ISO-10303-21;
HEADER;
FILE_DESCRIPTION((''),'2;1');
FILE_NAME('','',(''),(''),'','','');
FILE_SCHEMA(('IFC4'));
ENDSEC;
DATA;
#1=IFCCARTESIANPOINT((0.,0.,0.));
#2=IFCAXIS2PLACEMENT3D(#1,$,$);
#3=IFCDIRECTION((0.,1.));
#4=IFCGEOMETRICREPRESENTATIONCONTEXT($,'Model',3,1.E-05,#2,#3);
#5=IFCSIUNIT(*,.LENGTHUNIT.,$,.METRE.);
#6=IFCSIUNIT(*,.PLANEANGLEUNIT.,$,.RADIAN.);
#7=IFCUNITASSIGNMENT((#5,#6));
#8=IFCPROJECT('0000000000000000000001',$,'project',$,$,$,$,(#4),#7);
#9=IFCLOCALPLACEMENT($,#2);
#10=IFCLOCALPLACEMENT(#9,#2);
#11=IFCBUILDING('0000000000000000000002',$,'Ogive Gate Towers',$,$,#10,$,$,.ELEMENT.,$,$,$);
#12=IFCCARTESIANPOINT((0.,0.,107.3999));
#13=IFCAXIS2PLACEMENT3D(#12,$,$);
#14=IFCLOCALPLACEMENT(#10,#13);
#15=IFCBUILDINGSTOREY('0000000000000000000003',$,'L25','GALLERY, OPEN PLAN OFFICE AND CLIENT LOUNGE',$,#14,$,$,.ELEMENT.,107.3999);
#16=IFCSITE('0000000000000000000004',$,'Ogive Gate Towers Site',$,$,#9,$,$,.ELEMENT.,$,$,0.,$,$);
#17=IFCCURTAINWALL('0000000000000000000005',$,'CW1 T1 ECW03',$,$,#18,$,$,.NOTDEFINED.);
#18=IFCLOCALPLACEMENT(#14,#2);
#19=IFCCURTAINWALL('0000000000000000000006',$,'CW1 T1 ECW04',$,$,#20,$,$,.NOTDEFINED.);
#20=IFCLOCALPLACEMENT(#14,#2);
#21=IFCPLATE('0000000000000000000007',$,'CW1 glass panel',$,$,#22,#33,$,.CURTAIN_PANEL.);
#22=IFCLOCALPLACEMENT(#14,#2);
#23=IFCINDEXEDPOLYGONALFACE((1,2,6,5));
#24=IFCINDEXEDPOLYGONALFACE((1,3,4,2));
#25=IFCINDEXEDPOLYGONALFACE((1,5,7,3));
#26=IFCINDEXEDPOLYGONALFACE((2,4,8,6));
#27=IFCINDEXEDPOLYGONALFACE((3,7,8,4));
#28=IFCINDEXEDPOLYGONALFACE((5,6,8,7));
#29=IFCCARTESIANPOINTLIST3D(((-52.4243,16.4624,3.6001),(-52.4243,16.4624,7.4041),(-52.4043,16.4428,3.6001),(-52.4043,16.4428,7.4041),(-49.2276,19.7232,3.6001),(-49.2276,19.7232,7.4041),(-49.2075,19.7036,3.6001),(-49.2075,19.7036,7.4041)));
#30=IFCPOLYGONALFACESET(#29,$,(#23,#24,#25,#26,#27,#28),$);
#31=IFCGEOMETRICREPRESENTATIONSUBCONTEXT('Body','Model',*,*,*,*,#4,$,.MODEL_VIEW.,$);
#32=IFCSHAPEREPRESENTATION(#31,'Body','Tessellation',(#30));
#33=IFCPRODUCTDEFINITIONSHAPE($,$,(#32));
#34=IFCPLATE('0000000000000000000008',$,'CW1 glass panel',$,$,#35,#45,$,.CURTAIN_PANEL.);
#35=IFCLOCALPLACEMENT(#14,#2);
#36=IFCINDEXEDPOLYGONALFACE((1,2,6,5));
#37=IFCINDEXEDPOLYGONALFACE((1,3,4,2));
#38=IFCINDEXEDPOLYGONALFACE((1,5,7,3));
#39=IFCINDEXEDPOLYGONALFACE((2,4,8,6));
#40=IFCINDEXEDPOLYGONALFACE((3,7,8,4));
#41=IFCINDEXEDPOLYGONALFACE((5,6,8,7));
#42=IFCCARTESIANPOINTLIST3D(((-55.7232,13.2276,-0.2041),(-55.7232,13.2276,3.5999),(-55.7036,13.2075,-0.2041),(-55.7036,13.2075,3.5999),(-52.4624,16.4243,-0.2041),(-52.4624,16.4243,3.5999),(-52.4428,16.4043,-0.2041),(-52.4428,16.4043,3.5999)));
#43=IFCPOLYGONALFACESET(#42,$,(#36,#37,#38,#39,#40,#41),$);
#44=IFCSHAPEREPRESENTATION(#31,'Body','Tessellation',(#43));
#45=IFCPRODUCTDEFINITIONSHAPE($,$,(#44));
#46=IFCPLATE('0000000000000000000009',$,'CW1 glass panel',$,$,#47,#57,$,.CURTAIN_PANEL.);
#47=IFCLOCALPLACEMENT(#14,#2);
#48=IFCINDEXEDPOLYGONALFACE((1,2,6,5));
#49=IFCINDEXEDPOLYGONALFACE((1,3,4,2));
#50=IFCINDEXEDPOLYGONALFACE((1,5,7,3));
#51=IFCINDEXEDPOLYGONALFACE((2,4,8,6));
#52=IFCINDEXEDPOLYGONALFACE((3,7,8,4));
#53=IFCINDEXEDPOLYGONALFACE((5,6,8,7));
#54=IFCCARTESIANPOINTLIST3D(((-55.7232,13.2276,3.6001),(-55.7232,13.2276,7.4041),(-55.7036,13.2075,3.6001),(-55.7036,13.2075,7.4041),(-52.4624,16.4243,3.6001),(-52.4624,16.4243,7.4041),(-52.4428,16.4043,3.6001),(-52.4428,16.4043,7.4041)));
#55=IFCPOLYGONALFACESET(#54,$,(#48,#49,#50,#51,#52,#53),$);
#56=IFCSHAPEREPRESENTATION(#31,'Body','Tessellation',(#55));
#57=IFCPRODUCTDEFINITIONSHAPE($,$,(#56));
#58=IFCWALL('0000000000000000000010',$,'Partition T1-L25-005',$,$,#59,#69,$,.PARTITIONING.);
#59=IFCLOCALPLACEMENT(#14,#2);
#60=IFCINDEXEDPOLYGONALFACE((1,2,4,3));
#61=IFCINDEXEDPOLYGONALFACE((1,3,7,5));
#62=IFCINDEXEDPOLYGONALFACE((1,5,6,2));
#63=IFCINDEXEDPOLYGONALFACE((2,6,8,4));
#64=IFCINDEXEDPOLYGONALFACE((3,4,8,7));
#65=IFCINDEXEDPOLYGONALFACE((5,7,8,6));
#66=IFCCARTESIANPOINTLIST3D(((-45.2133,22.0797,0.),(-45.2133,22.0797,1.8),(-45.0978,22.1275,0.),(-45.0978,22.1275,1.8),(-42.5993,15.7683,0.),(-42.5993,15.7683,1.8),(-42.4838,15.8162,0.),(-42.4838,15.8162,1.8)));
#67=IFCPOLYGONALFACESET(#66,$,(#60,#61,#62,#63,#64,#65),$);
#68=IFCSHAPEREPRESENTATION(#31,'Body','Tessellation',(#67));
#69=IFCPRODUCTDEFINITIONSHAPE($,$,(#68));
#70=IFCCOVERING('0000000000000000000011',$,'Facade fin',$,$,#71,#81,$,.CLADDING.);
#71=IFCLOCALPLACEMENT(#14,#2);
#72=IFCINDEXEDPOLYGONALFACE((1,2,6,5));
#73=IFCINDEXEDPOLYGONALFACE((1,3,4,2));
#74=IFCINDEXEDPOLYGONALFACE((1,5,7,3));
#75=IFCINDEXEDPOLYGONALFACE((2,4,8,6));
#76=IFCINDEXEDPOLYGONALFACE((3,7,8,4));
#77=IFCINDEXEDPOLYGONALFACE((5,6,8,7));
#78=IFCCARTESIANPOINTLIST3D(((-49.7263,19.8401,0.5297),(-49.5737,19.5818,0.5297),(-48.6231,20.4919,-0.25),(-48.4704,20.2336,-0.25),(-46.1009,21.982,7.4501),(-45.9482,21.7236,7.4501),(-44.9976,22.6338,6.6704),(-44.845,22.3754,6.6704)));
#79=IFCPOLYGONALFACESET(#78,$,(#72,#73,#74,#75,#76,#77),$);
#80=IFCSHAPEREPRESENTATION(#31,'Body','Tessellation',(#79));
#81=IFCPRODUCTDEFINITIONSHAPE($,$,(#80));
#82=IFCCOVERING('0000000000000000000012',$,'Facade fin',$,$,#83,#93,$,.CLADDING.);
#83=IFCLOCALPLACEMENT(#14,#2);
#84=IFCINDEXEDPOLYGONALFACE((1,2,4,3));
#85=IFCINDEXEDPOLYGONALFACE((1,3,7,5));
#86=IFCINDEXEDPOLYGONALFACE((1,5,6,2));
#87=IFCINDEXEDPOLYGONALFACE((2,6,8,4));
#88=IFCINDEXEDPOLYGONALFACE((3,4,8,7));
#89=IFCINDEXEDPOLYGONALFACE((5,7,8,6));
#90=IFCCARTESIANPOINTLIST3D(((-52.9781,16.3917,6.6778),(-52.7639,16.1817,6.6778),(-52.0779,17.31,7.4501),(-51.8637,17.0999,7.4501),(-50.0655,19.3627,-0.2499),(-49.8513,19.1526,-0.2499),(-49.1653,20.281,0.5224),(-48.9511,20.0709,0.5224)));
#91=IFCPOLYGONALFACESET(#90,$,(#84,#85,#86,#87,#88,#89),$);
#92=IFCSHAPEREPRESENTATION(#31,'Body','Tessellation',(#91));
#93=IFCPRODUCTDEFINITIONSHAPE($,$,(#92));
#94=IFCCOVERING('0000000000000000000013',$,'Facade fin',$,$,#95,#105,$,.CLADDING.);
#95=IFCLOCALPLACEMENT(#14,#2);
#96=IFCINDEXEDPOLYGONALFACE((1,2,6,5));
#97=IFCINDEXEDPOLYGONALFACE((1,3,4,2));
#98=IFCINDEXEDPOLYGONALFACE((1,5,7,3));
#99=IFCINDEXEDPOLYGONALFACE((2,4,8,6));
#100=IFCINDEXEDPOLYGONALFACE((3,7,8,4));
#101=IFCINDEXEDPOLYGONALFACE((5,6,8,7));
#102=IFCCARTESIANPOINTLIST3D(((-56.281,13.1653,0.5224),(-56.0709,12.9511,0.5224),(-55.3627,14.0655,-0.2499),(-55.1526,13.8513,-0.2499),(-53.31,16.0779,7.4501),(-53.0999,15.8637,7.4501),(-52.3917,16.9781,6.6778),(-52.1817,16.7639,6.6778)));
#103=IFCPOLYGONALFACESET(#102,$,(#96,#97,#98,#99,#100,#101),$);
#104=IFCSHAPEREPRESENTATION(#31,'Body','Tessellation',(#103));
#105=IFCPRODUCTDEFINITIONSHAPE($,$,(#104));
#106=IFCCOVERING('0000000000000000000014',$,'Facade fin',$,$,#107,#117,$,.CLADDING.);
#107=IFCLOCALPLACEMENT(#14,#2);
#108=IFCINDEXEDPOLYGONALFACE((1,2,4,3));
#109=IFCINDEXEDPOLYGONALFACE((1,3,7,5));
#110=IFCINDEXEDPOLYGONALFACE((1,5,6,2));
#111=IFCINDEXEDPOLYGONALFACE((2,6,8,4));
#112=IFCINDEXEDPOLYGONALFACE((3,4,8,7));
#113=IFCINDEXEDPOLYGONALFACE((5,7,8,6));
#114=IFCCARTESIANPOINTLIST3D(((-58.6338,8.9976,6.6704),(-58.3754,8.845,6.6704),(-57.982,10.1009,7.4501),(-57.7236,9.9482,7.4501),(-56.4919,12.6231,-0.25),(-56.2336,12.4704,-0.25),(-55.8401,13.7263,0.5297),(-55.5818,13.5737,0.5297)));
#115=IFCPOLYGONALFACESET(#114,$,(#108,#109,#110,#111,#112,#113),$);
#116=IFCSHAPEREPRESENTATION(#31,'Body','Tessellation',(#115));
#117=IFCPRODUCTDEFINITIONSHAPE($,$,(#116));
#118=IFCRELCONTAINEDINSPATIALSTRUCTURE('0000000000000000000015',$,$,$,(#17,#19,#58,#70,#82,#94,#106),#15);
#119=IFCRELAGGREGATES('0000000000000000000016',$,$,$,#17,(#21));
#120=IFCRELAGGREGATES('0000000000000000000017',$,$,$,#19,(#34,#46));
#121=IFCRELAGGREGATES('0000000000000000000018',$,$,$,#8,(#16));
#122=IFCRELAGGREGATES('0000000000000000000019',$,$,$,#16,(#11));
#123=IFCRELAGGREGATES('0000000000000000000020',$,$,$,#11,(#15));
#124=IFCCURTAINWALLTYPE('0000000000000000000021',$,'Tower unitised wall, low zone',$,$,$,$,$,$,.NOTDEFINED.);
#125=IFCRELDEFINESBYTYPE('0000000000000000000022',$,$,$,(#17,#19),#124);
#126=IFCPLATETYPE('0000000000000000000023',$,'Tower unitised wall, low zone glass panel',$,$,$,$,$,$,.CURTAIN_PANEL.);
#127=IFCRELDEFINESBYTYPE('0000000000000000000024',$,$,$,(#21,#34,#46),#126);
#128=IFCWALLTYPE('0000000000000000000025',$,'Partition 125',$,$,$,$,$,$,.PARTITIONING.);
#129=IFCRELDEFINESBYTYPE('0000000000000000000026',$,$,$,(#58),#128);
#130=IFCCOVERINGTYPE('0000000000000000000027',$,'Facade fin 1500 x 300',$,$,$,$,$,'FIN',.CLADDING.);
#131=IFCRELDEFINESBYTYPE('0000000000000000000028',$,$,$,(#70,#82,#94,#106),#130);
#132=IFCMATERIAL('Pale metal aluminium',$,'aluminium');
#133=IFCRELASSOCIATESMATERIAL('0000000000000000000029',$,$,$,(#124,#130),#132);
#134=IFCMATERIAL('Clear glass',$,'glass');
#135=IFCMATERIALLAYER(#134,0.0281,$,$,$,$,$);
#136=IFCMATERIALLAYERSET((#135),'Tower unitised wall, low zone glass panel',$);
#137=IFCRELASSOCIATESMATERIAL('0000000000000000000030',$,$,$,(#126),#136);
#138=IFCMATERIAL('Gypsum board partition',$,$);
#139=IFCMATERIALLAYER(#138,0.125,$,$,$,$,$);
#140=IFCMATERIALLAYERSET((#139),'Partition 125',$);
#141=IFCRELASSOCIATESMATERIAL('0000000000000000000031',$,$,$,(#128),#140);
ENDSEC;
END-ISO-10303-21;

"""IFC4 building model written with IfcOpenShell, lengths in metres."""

from ifc_helpers import new_model, si_unit, direction, frame, frame_2d, origin, origin_2d, place, context, subcontext, project, spatial, rectangle, extrude, material, layer, layer_set, material_profile, profile_set, type_object, element, aggregate, save


model = new_model("IFC4")

# Units and contexts
model_context = context("Model", 3, precision=1e-05, world=origin(), true_north=direction((0.0, 1.0)))
body_context = subcontext(model_context, "Body", "Model", "MODEL_VIEW")
ifc_project = project(units=[si_unit("LENGTHUNIT", "METRE"), si_unit("PLANEANGLEUNIT", "RADIAN")], contexts=[model_context])

# Site, building, storey
site_placement = place(None, origin())
site = spatial("IfcSite", under=ifc_project, at=site_placement, Name="Ogive Gate Towers Site", CompositionType="ELEMENT", RefElevation=0.0)
building_placement = place(site_placement, origin())
building = spatial("IfcBuilding", under=site, at=building_placement, Name="Ogive Gate Towers", CompositionType="ELEMENT")
storey_placement = place(building_placement, frame((0.0, 0.0, 107.3999)))
storey = spatial("IfcBuildingStorey", under=building, at=storey_placement, Name="L25", Description="GALLERY, OPEN PLAN OFFICE AND CLIENT LOUNGE", CompositionType="ELEMENT", Elevation=107.3999)

# Curtain wall
ifc_material_1 = material(Name="Pale metal aluminium", Category="aluminium")
curtain_wall_type = type_object("IfcCurtainWallType", Name="Tower unitised wall, low zone", PredefinedType="NOTDEFINED", material=ifc_material_1)
curtain_wall_1_placement = place(storey_placement, origin())
curtain_wall_1 = element("IfcCurtainWall", 1, at=curtain_wall_1_placement, inside=storey, type_object=curtain_wall_type, Name="CW1 T1 ECW03", PredefinedType="NOTDEFINED")

# Curtain wall
curtain_wall_2_placement = place(storey_placement, origin())
curtain_wall_2 = element("IfcCurtainWall", 2, at=curtain_wall_2_placement, inside=storey, type_object=curtain_wall_type, Name="CW1 T1 ECW04", PredefinedType="NOTDEFINED")

# Plates
ifc_material_2 = material(Name="Clear glass", Category="glass")
ifc_layer_1 = layer(ifc_material_2, 0.0281)
ifc_layer_set_1 = layer_set([ifc_layer_1], Name="Tower unitised wall, low zone glass panel")
plate_type = type_object("IfcPlateType", Name="Tower unitised wall, low zone glass panel", PredefinedType="CURTAIN_PANEL", material=ifc_layer_set_1)
plate_1_placement = place(storey_placement, frame((-50.8159, 18.083, 3.6001), z_axis=(0.0, 0.0, 1.0), x_axis=(-0.700062, -0.714082, 0.0)))
plate_1 = element("IfcPlate", 3, at=plate_1_placement, type_object=plate_type, Name="CW1 glass panel", PredefinedType="CURTAIN_PANEL", context=body_context, shape_type="SweptSolid", body=[
    extrude(rectangle(XDim=4.5664, YDim=0.0281, at=origin_2d()), origin(), (0.0, 0.0, 1.0), 3.804),
])
aggregate(curtain_wall_1, [plate_1])
plate_2_placement = place(storey_placement, frame((-54.083, 14.8159, -0.2041), z_axis=(0.0, 0.0, 1.0), x_axis=(-0.714082, -0.700062, 0.0)))
plate_2 = element("IfcPlate", 4, at=plate_2_placement, type_object=plate_type, Name="CW1 glass panel", PredefinedType="CURTAIN_PANEL", context=body_context, shape_type="SweptSolid", body=[
    extrude(rectangle(XDim=4.5664, YDim=0.0281, at=origin_2d()), origin(), (0.0, 0.0, 1.0), 3.804),
])
plate_3_placement = place(storey_placement, frame((-54.083, 14.8159, 3.6001), z_axis=(0.0, 0.0, 1.0), x_axis=(-0.714082, -0.700062, 0.0)))
plate_3 = element("IfcPlate", 5, at=plate_3_placement, type_object=plate_type, Name="CW1 glass panel", PredefinedType="CURTAIN_PANEL", context=body_context, shape_type="SweptSolid", body=[
    extrude(rectangle(XDim=4.5664, YDim=0.0281, at=origin_2d()), origin(), (0.0, 0.0, 1.0), 3.804),
])
aggregate(curtain_wall_2, [plate_2, plate_3])

# Wall
ifc_material_3 = material(Name="Gypsum board partition")
ifc_layer_2 = layer(ifc_material_3, 0.125)
ifc_layer_set_2 = layer_set([ifc_layer_2], Name="Partition 125")
wall_type = type_object("IfcWallType", Name="Partition 125", PredefinedType="PARTITIONING", material=ifc_layer_set_2)
wall_placement = place(storey_placement, frame((-45.1555, 22.1035, 0.0), z_axis=(0.0, 0.0, 1.0), x_axis=(0.382658, -0.92389, 0.0)))
element("IfcWall", 6, at=wall_placement, inside=storey, type_object=wall_type, Name="Partition T1-L25-005", PredefinedType="PARTITIONING", context=body_context, shape_type="SweptSolid", body=[
    extrude(rectangle(XDim=6.8313, YDim=0.125, at=frame_2d((3.4155, 0.0))), origin(), (0.0, 0.0, 1.0), 1.8),
])

# Coverings
ifc_material_profile_1 = material_profile(ifc_material_1, rectangle(XDim=0.3, YDim=1.5, at=origin_2d()), Name="1500 x 300 pale metal aluminium")
ifc_profile_set_1 = profile_set([ifc_material_profile_1], Name="Pale metal aluminium")
covering_type = type_object("IfcCoveringType", Name="Facade fin 1500 x 300", ElementType="FIN", PredefinedType="CLADDING", material=ifc_profile_set_1)
covering_1_placement = place(storey_placement, frame((-49.0984, 20.0369, 0.1399), z_axis=(0.447544, 0.264398, 0.854282), x_axis=(-0.508643, 0.860977, 0.0)))
element("IfcCovering", 7, at=covering_1_placement, inside=storey, type_object=covering_type, Name="Facade fin", PredefinedType="CLADDING", context=body_context, shape_type="SweptSolid", body=[
    extrude(rectangle(XDim=0.3, YDim=1.5, at=origin_2d()), origin(), (0.0, 0.0, 1.0), 8.1008),
])
for number, where, z_axis, x_axis, name in (
    (8, (-49.5083, 19.7168, 0.1362), (-0.360423, -0.367644, 0.857282), (0.714084, -0.70006, 0.0), "Facade fin"),
    (9, (-55.7168, 13.5083, 0.1362), (0.367644, 0.360423, 0.857282), (-0.70006, 0.714084, 0.0), "Facade fin"),
):
    element("IfcCovering", number, at=place(storey_placement, frame(where, z_axis=z_axis, x_axis=x_axis)), inside=storey, type_object=covering_type, Name=name, PredefinedType="CLADDING", context=body_context, shape_type="SweptSolid", body=[
        extrude(rectangle(XDim=0.3, YDim=1.5, at=origin_2d()), origin(), (0.0, 0.0, 1.0), 8.0811),
    ])
covering_2_placement = place(storey_placement, frame((-56.0369, 13.0984, 0.1399), z_axis=(-0.264398, -0.447544, 0.854282), x_axis=(0.860977, -0.508643, 0.0)))
element("IfcCovering", 10, at=covering_2_placement, inside=storey, type_object=covering_type, Name="Facade fin", PredefinedType="CLADDING", context=body_context, shape_type="SweptSolid", body=[
    extrude(rectangle(XDim=0.3, YDim=1.5, at=origin_2d()), origin(), (0.0, 0.0, 1.0), 8.1008),
])

save(model, "model.ifc")
